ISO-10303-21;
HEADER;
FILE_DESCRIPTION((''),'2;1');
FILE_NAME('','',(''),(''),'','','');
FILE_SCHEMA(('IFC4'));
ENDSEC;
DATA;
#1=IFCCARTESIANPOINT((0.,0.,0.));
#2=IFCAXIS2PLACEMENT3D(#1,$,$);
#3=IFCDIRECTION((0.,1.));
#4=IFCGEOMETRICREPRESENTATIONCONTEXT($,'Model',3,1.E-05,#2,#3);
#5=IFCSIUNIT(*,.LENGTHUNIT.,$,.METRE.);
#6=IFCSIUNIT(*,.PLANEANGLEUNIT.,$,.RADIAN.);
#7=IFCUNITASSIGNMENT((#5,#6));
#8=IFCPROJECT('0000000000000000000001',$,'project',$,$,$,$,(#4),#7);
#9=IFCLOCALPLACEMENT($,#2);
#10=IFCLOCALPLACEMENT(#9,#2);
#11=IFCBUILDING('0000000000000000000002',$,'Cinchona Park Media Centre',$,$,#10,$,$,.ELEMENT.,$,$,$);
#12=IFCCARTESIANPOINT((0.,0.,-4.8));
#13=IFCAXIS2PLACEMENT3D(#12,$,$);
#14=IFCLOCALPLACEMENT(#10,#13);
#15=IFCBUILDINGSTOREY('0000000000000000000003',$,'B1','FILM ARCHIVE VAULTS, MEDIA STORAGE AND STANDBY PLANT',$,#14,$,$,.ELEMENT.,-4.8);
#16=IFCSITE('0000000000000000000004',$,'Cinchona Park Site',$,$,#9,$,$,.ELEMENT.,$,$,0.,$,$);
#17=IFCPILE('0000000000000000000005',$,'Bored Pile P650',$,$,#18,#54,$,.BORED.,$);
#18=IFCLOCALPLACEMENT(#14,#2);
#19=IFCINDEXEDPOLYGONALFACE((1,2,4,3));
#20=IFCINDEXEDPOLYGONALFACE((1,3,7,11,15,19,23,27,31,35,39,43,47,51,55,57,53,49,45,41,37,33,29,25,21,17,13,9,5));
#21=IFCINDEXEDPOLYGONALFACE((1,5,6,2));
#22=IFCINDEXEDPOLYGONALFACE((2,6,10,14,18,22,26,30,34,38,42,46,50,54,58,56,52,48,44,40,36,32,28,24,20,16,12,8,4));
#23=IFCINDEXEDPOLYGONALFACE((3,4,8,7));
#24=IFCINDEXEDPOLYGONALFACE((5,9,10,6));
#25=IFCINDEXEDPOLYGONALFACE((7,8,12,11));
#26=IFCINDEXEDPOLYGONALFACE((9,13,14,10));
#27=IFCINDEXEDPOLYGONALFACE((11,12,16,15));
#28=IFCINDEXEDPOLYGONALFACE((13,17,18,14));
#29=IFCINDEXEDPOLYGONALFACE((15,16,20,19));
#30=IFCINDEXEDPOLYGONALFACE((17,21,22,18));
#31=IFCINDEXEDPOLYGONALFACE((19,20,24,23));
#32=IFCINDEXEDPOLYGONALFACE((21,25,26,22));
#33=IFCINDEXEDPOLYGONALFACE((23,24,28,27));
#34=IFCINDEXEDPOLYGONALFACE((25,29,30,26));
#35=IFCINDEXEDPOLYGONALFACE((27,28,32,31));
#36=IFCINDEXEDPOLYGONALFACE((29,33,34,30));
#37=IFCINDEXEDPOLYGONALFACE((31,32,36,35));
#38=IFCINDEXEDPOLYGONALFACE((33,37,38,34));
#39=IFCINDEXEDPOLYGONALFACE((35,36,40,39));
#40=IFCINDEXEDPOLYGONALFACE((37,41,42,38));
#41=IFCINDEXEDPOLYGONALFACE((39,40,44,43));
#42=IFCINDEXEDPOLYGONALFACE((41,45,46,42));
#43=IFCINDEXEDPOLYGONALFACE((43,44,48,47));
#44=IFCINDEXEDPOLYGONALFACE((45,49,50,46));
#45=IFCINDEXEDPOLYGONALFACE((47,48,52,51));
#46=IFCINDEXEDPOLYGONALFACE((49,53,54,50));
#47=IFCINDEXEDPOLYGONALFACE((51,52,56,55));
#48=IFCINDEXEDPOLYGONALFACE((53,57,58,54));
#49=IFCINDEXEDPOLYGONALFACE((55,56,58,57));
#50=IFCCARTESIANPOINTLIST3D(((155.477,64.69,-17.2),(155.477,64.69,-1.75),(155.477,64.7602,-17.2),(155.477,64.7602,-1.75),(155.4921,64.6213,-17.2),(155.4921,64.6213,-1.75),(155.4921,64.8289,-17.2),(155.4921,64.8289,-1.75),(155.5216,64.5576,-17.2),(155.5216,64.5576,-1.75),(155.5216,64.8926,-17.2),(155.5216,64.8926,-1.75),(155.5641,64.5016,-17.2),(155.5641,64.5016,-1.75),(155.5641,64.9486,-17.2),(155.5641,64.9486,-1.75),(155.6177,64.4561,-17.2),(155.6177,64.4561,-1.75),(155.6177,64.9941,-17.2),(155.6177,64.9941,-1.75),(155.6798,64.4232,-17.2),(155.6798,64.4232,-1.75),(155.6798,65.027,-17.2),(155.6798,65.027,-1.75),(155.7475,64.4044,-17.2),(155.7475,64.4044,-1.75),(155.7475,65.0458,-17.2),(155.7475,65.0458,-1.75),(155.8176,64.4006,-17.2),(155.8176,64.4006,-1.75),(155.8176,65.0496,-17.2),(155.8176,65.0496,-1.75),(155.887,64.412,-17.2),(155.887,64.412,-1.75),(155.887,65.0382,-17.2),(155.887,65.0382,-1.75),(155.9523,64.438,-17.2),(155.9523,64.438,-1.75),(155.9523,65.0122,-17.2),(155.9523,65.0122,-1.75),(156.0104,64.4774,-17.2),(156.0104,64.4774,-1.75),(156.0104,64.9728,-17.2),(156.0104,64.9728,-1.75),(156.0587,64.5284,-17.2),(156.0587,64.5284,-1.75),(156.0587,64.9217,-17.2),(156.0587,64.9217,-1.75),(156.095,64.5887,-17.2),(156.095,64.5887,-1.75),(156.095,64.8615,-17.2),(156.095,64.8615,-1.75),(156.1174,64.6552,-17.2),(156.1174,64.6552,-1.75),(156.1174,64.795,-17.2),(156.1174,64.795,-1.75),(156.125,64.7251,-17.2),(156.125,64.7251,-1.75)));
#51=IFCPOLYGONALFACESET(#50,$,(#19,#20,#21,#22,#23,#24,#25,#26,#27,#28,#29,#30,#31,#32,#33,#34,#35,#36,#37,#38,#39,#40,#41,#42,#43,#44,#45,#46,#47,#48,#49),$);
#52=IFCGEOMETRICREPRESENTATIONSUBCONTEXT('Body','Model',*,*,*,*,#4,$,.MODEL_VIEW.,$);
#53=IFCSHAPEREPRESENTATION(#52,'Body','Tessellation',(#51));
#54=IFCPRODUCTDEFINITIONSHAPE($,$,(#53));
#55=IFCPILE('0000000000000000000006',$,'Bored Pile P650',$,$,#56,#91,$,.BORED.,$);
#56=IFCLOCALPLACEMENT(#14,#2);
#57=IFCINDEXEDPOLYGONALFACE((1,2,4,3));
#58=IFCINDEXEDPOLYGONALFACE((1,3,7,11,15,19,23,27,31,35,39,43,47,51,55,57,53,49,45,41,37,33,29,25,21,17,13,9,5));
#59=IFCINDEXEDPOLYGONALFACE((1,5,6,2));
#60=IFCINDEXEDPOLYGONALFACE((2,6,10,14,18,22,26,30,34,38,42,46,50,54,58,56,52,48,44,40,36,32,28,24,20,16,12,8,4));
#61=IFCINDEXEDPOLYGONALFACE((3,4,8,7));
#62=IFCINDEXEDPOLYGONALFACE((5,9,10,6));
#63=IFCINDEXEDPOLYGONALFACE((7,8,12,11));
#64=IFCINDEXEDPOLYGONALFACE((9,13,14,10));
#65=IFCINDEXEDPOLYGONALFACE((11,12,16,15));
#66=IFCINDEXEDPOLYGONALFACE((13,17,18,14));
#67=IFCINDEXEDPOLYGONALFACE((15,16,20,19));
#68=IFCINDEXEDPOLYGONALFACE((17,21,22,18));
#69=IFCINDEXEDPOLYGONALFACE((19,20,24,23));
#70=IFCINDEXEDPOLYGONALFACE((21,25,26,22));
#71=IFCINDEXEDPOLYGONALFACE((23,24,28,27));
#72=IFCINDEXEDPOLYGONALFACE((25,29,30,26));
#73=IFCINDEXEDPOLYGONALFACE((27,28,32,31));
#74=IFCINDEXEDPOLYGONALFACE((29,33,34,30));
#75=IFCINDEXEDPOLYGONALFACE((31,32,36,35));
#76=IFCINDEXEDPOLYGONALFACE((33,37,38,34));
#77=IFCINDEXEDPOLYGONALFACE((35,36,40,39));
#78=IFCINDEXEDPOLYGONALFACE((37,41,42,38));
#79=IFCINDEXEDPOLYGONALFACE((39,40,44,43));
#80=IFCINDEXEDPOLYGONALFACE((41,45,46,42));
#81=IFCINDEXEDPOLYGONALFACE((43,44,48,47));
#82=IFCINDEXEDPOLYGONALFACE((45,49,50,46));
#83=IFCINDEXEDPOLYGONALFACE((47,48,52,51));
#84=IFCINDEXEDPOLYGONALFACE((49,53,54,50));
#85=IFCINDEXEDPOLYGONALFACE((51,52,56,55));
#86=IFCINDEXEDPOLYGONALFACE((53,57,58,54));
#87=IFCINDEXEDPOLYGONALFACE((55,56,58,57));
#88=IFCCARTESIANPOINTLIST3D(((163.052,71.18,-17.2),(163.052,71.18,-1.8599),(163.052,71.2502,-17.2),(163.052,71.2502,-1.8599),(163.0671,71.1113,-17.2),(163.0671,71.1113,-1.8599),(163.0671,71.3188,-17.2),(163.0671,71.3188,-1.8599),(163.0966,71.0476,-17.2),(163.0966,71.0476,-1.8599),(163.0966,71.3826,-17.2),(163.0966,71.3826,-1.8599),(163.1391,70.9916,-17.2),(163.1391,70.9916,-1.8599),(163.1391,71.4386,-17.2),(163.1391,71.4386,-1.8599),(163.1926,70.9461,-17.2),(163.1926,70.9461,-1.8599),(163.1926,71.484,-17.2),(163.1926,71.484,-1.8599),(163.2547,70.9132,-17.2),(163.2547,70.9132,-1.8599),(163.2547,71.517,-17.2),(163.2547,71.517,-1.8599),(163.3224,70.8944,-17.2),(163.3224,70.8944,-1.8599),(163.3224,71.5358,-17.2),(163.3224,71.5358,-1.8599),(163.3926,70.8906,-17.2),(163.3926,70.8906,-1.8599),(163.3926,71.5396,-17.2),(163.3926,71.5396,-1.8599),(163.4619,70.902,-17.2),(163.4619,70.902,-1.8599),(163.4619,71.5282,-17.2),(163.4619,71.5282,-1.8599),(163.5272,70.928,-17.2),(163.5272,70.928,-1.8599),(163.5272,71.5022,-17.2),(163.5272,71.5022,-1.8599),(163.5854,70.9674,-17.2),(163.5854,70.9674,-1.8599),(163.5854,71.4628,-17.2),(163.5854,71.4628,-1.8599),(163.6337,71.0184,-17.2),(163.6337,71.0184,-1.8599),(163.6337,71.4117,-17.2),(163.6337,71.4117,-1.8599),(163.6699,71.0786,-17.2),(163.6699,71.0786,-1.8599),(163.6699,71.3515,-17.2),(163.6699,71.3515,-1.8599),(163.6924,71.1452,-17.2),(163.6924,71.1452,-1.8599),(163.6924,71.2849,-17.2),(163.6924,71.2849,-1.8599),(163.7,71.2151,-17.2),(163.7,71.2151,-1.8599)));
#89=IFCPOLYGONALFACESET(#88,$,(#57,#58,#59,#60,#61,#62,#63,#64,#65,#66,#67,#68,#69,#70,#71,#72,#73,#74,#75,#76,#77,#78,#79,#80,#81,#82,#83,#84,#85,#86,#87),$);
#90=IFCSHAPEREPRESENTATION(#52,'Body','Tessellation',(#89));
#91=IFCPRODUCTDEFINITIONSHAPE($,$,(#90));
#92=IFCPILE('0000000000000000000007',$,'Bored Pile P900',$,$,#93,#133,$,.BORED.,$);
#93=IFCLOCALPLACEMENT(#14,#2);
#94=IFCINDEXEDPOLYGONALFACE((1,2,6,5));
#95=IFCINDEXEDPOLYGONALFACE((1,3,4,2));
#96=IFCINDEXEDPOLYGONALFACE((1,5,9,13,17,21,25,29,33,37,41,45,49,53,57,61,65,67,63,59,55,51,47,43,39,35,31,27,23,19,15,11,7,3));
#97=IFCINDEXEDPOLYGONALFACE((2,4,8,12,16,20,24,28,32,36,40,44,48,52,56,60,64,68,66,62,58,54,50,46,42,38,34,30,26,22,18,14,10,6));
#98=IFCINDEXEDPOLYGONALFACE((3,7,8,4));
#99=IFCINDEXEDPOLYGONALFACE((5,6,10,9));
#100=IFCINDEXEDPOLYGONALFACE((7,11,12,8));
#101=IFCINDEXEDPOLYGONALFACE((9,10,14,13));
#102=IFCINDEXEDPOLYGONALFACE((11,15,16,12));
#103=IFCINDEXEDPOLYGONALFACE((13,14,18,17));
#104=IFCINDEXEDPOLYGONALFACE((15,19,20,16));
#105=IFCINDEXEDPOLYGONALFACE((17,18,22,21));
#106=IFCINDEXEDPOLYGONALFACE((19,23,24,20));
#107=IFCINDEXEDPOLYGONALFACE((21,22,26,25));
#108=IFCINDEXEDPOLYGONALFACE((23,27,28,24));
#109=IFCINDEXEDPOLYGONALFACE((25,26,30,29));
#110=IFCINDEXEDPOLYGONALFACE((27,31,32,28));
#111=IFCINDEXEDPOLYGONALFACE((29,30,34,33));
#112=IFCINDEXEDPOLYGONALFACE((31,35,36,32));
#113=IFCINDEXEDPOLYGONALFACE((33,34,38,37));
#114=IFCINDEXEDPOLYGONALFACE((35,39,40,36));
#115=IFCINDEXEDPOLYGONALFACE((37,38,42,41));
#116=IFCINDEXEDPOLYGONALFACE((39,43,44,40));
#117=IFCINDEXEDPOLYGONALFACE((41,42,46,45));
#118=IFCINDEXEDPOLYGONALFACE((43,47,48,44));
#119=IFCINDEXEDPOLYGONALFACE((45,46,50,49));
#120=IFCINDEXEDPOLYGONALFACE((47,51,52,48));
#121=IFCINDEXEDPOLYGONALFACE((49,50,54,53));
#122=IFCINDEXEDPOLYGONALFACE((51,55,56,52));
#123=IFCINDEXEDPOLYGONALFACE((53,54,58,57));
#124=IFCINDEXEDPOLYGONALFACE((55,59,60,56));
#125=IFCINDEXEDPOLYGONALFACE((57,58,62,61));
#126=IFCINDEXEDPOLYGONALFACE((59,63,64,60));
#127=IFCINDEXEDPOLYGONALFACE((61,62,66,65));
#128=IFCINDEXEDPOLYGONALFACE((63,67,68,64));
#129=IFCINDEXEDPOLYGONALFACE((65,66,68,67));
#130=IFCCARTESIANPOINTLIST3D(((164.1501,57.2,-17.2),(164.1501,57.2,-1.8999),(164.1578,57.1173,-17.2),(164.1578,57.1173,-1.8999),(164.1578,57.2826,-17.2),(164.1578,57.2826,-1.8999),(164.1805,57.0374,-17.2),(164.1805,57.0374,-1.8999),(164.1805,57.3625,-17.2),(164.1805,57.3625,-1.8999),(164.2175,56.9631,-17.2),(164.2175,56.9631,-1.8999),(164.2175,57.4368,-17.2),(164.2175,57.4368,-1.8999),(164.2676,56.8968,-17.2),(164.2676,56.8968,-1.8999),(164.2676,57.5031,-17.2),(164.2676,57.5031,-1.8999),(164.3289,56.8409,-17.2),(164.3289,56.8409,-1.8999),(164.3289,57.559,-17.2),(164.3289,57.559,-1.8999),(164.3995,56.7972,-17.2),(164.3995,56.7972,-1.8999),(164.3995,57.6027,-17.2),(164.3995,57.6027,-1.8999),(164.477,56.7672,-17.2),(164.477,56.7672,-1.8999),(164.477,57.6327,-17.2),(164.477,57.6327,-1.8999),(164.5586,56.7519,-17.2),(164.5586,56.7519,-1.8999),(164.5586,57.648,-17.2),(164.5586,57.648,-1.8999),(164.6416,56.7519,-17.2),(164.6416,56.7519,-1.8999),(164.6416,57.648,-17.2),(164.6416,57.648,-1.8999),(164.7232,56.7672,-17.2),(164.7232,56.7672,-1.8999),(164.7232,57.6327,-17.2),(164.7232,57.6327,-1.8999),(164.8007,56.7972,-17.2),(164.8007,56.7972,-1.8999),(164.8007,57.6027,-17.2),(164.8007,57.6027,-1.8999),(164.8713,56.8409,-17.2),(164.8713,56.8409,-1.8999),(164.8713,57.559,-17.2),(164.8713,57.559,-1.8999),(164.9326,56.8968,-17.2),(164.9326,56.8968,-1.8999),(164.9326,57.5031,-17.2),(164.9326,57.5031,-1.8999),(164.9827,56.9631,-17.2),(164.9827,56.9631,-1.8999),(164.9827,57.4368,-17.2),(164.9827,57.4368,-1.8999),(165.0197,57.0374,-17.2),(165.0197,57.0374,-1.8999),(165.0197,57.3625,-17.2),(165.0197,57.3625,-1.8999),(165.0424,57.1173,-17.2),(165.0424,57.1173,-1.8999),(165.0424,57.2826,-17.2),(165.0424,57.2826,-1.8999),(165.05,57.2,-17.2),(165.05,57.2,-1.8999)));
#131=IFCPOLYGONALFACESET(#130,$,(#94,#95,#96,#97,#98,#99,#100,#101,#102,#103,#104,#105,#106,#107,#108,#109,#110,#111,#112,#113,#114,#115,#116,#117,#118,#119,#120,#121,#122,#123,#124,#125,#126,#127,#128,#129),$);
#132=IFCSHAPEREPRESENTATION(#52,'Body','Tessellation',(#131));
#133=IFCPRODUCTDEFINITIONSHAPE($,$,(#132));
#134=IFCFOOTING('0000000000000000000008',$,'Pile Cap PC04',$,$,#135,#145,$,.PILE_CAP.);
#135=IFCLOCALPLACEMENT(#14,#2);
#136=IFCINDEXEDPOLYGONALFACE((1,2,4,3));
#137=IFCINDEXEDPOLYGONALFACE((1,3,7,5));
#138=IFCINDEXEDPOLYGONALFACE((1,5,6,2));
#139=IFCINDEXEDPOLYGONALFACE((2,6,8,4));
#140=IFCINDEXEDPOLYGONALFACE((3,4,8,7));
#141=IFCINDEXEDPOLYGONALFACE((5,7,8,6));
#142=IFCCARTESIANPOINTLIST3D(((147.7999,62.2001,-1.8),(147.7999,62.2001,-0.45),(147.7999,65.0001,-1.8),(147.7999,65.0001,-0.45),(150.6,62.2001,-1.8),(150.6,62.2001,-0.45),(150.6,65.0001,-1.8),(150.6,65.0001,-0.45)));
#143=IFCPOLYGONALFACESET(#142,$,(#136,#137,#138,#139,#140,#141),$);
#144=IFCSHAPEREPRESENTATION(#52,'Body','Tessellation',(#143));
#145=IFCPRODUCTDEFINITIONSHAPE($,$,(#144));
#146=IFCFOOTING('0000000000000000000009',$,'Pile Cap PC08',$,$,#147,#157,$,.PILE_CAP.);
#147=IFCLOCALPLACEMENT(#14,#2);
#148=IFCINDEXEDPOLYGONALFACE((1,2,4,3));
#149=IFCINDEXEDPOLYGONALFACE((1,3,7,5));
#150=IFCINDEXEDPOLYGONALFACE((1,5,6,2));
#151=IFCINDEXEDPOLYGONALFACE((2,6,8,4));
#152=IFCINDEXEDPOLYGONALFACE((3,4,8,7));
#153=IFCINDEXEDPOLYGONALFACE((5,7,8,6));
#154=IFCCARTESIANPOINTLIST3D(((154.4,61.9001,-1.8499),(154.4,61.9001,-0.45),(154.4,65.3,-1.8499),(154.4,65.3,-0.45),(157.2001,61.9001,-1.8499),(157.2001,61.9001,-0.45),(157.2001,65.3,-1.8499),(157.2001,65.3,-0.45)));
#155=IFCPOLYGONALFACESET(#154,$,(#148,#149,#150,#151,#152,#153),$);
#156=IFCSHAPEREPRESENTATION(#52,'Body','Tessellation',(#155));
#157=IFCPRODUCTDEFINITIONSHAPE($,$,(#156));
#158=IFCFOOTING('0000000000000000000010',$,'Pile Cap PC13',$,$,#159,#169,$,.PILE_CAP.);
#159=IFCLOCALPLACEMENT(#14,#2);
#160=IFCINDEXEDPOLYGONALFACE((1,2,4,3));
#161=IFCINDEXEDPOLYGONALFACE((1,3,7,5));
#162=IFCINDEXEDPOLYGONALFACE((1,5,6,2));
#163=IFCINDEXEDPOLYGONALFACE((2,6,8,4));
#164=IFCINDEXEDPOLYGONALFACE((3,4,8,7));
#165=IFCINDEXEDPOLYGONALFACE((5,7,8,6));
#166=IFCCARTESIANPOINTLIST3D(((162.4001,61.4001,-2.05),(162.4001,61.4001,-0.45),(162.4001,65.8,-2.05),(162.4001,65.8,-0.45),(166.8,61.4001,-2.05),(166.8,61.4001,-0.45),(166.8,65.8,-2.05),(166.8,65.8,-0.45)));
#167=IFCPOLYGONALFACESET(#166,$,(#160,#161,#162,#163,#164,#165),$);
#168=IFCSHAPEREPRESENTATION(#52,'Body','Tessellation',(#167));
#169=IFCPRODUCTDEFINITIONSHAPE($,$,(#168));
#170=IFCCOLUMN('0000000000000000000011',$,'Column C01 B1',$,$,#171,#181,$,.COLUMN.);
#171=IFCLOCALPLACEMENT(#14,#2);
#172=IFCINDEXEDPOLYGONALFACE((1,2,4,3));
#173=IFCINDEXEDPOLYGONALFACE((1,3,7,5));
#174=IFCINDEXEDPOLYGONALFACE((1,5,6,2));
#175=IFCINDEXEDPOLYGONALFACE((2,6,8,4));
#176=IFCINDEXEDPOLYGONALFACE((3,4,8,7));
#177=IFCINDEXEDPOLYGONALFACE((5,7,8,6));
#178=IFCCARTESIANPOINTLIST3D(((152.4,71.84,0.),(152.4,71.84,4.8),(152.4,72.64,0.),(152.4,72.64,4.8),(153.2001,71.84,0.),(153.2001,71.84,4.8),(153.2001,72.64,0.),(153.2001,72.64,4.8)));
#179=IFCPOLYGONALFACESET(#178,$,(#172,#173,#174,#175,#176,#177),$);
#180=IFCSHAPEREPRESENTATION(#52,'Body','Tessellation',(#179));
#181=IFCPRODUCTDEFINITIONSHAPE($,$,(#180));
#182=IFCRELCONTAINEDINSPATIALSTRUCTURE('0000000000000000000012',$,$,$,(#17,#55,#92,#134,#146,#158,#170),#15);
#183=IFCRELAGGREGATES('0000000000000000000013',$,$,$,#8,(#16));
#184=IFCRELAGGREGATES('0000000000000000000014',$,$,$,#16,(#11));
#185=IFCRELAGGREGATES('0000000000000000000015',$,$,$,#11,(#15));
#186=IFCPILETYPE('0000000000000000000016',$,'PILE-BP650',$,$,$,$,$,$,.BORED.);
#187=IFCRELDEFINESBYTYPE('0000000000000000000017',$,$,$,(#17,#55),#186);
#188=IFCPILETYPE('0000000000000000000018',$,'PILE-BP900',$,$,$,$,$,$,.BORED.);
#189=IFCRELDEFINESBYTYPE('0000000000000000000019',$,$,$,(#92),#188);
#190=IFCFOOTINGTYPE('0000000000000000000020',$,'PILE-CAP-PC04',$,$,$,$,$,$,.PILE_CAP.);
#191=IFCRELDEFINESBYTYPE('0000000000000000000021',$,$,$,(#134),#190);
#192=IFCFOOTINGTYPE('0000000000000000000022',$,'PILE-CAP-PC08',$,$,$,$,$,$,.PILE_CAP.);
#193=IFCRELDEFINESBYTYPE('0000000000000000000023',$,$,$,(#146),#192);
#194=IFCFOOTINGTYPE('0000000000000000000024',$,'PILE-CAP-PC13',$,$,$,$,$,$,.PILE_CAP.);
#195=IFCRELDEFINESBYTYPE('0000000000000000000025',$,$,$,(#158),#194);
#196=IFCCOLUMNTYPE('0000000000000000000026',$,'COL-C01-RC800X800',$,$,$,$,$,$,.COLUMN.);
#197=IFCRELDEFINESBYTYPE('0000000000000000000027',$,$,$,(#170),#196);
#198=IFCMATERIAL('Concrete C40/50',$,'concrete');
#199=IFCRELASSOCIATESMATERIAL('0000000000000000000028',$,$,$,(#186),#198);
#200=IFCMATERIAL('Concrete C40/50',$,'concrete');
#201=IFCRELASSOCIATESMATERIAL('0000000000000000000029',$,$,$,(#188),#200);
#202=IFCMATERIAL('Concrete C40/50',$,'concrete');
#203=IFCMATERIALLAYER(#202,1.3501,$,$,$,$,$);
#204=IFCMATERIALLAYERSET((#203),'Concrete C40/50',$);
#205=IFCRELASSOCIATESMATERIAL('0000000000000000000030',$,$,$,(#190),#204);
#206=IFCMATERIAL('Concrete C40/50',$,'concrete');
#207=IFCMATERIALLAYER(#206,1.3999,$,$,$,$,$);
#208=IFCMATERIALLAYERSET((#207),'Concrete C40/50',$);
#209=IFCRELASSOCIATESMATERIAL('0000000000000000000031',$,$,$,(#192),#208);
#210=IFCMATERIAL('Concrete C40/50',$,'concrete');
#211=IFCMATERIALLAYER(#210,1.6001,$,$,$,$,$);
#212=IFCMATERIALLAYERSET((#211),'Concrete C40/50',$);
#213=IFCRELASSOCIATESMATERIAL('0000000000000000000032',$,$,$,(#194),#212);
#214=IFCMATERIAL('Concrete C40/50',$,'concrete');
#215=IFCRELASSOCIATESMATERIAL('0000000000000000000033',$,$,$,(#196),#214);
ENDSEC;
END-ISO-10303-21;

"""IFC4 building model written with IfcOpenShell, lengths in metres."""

from ifc_helpers import new_model, si_unit, direction, frame, origin, origin_2d, place, context, subcontext, project, spatial, rectangle, circle, extrude, material, layer, layer_set, material_profile, profile_set, type_object, element, save


model = new_model("IFC4")

# Units and contexts
model_context = context("Model", 3, precision=1e-05, world=origin(), true_north=direction((0.0, 1.0)))
body_context = subcontext(model_context, "Body", "Model", "MODEL_VIEW")
ifc_project = project(units=[si_unit("LENGTHUNIT", "METRE"), si_unit("PLANEANGLEUNIT", "RADIAN")], contexts=[model_context])

# Site, building, storey
site_placement = place(None, origin())
site = spatial("IfcSite", under=ifc_project, at=site_placement, Name="Cinchona Park Site", CompositionType="ELEMENT", RefElevation=0.0)
building_placement = place(site_placement, origin())
building = spatial("IfcBuilding", under=site, at=building_placement, Name="Cinchona Park Media Centre", CompositionType="ELEMENT")
storey_placement = place(building_placement, frame((0.0, 0.0, -4.8)))
storey = spatial("IfcBuildingStorey", under=building, at=storey_placement, Name="B1", Description="FILM ARCHIVE VAULTS, MEDIA STORAGE AND STANDBY PLANT", CompositionType="ELEMENT", Elevation=-4.8)

# Piles
ifc_material_1 = material(Name="Concrete C40/50", Category="concrete")
ifc_material_profile_1 = material_profile(ifc_material_1, circle(Radius=0.325, at=origin_2d()), Name="BORED PILE 650")
ifc_profile_set_1 = profile_set([ifc_material_profile_1], Name="Concrete C40/50")
pile_type_1 = type_object("IfcPileType", Name="PILE-BP650", PredefinedType="BORED", material=ifc_profile_set_1)
for number, where, z_axis, x_axis, name in (
    (1, (155.8, 64.7251, -1.75), (0.0, 0.0, -1.0), (1.0, 0.0, 0.0), "Bored Pile P650"),
):
    element("IfcPile", number, at=place(storey_placement, frame(where, z_axis=z_axis, x_axis=x_axis)), inside=storey, type_object=pile_type_1, Name=name, PredefinedType="BORED", context=body_context, shape_type="SweptSolid", body=[
        extrude(circle(Radius=0.325, at=origin_2d()), origin(), (0.0, 0.0, 1.0), 15.45),
    ])
pile_1_placement = place(storey_placement, frame((163.375, 71.2151, -1.8599), z_axis=(0.0, 0.0, -1.0), x_axis=(1.0, 0.0, 0.0)))
element("IfcPile", 2, at=pile_1_placement, inside=storey, type_object=pile_type_1, Name="Bored Pile P650", PredefinedType="BORED", context=body_context, shape_type="SweptSolid", body=[
    extrude(circle(Radius=0.325, at=origin_2d()), origin(), (0.0, 0.0, 1.0), 15.3401),
])
ifc_material_2 = material(Name="Concrete C40/50", Category="concrete")
ifc_material_profile_2 = material_profile(ifc_material_2, circle(Radius=0.45, at=origin_2d()), Name="BORED PILE 900")
ifc_profile_set_2 = profile_set([ifc_material_profile_2], Name="Concrete C40/50")
pile_type_2 = type_object("IfcPileType", Name="PILE-BP900", PredefinedType="BORED", material=ifc_profile_set_2)
pile_2_placement = place(storey_placement, frame((164.6001, 57.2, -1.8999), z_axis=(0.0, 0.0, -1.0), x_axis=(1.0, 0.0, 0.0)))
element("IfcPile", 3, at=pile_2_placement, inside=storey, type_object=pile_type_2, Name="Bored Pile P900", PredefinedType="BORED", context=body_context, shape_type="SweptSolid", body=[
    extrude(circle(Radius=0.45, at=origin_2d()), origin(), (0.0, 0.0, 1.0), 15.3),
])

# Footings
ifc_material_3 = material(Name="Concrete C40/50", Category="concrete")
ifc_layer_1 = layer(ifc_material_3, 1.3501)
ifc_layer_set_1 = layer_set([ifc_layer_1], Name="Concrete C40/50")
footing_type_1 = type_object("IfcFootingType", Name="PILE-CAP-PC04", PredefinedType="PILE_CAP", material=ifc_layer_set_1)
footing_1_placement = place(storey_placement, frame((149.2, 63.6001, -1.8), z_axis=(0.0, 0.0, 1.0), x_axis=(1.0, 0.0, 0.0)))
element("IfcFooting", 4, at=footing_1_placement, inside=storey, type_object=footing_type_1, Name="Pile Cap PC04", PredefinedType="PILE_CAP", context=body_context, shape_type="SweptSolid", body=[
    extrude(rectangle(XDim=2.8, YDim=2.8, at=origin_2d()), origin(), (0.0, 0.0, 1.0), 1.3501),
])
ifc_material_4 = material(Name="Concrete C40/50", Category="concrete")
ifc_layer_2 = layer(ifc_material_4, 1.3999)
ifc_layer_set_2 = layer_set([ifc_layer_2], Name="Concrete C40/50")
footing_type_2 = type_object("IfcFootingType", Name="PILE-CAP-PC08", PredefinedType="PILE_CAP", material=ifc_layer_set_2)
footing_2_placement = place(storey_placement, frame((155.8, 63.6001, -1.8499), z_axis=(0.0, 0.0, 1.0), x_axis=(1.0, 0.0, 0.0)))
element("IfcFooting", 5, at=footing_2_placement, inside=storey, type_object=footing_type_2, Name="Pile Cap PC08", PredefinedType="PILE_CAP", context=body_context, shape_type="SweptSolid", body=[
    extrude(rectangle(XDim=2.8, YDim=3.3999, at=origin_2d()), origin(), (0.0, 0.0, 1.0), 1.3999),
])
ifc_material_5 = material(Name="Concrete C40/50", Category="concrete")
ifc_layer_3 = layer(ifc_material_5, 1.6001)
ifc_layer_set_3 = layer_set([ifc_layer_3], Name="Concrete C40/50")
footing_type_3 = type_object("IfcFootingType", Name="PILE-CAP-PC13", PredefinedType="PILE_CAP", material=ifc_layer_set_3)
footing_3_placement = place(storey_placement, frame((164.6001, 63.6001, -2.05), z_axis=(0.0, 0.0, 1.0), x_axis=(1.0, 0.0, 0.0)))
element("IfcFooting", 6, at=footing_3_placement, inside=storey, type_object=footing_type_3, Name="Pile Cap PC13", PredefinedType="PILE_CAP", context=body_context, shape_type="SweptSolid", body=[
    extrude(rectangle(XDim=4.3999, YDim=4.3999, at=origin_2d()), origin(), (0.0, 0.0, 1.0), 1.6001),
])

# Column
ifc_material_6 = material(Name="Concrete C40/50", Category="concrete")
ifc_material_profile_3 = material_profile(ifc_material_6, rectangle(XDim=0.8, YDim=0.8, at=origin_2d()), Name="RC 800X800")
ifc_profile_set_3 = profile_set([ifc_material_profile_3], Name="Concrete C40/50")
column_type_1 = type_object("IfcColumnType", Name="COL-C01-RC800X800", PredefinedType="COLUMN", material=ifc_profile_set_3)
column_placement = place(storey_placement, frame((152.8, 72.24, 0.0), z_axis=(0.0, 0.0, 1.0), x_axis=(1.0, 0.0, 0.0)))
element("IfcColumn", 7, at=column_placement, inside=storey, type_object=column_type_1, Name="Column C01 B1", PredefinedType="COLUMN", context=body_context, shape_type="SweptSolid", body=[
    extrude(rectangle(XDim=0.8, YDim=0.8, at=origin_2d()), origin(), (0.0, 0.0, 1.0), 4.8),
])

save(model, "model.ifc")
